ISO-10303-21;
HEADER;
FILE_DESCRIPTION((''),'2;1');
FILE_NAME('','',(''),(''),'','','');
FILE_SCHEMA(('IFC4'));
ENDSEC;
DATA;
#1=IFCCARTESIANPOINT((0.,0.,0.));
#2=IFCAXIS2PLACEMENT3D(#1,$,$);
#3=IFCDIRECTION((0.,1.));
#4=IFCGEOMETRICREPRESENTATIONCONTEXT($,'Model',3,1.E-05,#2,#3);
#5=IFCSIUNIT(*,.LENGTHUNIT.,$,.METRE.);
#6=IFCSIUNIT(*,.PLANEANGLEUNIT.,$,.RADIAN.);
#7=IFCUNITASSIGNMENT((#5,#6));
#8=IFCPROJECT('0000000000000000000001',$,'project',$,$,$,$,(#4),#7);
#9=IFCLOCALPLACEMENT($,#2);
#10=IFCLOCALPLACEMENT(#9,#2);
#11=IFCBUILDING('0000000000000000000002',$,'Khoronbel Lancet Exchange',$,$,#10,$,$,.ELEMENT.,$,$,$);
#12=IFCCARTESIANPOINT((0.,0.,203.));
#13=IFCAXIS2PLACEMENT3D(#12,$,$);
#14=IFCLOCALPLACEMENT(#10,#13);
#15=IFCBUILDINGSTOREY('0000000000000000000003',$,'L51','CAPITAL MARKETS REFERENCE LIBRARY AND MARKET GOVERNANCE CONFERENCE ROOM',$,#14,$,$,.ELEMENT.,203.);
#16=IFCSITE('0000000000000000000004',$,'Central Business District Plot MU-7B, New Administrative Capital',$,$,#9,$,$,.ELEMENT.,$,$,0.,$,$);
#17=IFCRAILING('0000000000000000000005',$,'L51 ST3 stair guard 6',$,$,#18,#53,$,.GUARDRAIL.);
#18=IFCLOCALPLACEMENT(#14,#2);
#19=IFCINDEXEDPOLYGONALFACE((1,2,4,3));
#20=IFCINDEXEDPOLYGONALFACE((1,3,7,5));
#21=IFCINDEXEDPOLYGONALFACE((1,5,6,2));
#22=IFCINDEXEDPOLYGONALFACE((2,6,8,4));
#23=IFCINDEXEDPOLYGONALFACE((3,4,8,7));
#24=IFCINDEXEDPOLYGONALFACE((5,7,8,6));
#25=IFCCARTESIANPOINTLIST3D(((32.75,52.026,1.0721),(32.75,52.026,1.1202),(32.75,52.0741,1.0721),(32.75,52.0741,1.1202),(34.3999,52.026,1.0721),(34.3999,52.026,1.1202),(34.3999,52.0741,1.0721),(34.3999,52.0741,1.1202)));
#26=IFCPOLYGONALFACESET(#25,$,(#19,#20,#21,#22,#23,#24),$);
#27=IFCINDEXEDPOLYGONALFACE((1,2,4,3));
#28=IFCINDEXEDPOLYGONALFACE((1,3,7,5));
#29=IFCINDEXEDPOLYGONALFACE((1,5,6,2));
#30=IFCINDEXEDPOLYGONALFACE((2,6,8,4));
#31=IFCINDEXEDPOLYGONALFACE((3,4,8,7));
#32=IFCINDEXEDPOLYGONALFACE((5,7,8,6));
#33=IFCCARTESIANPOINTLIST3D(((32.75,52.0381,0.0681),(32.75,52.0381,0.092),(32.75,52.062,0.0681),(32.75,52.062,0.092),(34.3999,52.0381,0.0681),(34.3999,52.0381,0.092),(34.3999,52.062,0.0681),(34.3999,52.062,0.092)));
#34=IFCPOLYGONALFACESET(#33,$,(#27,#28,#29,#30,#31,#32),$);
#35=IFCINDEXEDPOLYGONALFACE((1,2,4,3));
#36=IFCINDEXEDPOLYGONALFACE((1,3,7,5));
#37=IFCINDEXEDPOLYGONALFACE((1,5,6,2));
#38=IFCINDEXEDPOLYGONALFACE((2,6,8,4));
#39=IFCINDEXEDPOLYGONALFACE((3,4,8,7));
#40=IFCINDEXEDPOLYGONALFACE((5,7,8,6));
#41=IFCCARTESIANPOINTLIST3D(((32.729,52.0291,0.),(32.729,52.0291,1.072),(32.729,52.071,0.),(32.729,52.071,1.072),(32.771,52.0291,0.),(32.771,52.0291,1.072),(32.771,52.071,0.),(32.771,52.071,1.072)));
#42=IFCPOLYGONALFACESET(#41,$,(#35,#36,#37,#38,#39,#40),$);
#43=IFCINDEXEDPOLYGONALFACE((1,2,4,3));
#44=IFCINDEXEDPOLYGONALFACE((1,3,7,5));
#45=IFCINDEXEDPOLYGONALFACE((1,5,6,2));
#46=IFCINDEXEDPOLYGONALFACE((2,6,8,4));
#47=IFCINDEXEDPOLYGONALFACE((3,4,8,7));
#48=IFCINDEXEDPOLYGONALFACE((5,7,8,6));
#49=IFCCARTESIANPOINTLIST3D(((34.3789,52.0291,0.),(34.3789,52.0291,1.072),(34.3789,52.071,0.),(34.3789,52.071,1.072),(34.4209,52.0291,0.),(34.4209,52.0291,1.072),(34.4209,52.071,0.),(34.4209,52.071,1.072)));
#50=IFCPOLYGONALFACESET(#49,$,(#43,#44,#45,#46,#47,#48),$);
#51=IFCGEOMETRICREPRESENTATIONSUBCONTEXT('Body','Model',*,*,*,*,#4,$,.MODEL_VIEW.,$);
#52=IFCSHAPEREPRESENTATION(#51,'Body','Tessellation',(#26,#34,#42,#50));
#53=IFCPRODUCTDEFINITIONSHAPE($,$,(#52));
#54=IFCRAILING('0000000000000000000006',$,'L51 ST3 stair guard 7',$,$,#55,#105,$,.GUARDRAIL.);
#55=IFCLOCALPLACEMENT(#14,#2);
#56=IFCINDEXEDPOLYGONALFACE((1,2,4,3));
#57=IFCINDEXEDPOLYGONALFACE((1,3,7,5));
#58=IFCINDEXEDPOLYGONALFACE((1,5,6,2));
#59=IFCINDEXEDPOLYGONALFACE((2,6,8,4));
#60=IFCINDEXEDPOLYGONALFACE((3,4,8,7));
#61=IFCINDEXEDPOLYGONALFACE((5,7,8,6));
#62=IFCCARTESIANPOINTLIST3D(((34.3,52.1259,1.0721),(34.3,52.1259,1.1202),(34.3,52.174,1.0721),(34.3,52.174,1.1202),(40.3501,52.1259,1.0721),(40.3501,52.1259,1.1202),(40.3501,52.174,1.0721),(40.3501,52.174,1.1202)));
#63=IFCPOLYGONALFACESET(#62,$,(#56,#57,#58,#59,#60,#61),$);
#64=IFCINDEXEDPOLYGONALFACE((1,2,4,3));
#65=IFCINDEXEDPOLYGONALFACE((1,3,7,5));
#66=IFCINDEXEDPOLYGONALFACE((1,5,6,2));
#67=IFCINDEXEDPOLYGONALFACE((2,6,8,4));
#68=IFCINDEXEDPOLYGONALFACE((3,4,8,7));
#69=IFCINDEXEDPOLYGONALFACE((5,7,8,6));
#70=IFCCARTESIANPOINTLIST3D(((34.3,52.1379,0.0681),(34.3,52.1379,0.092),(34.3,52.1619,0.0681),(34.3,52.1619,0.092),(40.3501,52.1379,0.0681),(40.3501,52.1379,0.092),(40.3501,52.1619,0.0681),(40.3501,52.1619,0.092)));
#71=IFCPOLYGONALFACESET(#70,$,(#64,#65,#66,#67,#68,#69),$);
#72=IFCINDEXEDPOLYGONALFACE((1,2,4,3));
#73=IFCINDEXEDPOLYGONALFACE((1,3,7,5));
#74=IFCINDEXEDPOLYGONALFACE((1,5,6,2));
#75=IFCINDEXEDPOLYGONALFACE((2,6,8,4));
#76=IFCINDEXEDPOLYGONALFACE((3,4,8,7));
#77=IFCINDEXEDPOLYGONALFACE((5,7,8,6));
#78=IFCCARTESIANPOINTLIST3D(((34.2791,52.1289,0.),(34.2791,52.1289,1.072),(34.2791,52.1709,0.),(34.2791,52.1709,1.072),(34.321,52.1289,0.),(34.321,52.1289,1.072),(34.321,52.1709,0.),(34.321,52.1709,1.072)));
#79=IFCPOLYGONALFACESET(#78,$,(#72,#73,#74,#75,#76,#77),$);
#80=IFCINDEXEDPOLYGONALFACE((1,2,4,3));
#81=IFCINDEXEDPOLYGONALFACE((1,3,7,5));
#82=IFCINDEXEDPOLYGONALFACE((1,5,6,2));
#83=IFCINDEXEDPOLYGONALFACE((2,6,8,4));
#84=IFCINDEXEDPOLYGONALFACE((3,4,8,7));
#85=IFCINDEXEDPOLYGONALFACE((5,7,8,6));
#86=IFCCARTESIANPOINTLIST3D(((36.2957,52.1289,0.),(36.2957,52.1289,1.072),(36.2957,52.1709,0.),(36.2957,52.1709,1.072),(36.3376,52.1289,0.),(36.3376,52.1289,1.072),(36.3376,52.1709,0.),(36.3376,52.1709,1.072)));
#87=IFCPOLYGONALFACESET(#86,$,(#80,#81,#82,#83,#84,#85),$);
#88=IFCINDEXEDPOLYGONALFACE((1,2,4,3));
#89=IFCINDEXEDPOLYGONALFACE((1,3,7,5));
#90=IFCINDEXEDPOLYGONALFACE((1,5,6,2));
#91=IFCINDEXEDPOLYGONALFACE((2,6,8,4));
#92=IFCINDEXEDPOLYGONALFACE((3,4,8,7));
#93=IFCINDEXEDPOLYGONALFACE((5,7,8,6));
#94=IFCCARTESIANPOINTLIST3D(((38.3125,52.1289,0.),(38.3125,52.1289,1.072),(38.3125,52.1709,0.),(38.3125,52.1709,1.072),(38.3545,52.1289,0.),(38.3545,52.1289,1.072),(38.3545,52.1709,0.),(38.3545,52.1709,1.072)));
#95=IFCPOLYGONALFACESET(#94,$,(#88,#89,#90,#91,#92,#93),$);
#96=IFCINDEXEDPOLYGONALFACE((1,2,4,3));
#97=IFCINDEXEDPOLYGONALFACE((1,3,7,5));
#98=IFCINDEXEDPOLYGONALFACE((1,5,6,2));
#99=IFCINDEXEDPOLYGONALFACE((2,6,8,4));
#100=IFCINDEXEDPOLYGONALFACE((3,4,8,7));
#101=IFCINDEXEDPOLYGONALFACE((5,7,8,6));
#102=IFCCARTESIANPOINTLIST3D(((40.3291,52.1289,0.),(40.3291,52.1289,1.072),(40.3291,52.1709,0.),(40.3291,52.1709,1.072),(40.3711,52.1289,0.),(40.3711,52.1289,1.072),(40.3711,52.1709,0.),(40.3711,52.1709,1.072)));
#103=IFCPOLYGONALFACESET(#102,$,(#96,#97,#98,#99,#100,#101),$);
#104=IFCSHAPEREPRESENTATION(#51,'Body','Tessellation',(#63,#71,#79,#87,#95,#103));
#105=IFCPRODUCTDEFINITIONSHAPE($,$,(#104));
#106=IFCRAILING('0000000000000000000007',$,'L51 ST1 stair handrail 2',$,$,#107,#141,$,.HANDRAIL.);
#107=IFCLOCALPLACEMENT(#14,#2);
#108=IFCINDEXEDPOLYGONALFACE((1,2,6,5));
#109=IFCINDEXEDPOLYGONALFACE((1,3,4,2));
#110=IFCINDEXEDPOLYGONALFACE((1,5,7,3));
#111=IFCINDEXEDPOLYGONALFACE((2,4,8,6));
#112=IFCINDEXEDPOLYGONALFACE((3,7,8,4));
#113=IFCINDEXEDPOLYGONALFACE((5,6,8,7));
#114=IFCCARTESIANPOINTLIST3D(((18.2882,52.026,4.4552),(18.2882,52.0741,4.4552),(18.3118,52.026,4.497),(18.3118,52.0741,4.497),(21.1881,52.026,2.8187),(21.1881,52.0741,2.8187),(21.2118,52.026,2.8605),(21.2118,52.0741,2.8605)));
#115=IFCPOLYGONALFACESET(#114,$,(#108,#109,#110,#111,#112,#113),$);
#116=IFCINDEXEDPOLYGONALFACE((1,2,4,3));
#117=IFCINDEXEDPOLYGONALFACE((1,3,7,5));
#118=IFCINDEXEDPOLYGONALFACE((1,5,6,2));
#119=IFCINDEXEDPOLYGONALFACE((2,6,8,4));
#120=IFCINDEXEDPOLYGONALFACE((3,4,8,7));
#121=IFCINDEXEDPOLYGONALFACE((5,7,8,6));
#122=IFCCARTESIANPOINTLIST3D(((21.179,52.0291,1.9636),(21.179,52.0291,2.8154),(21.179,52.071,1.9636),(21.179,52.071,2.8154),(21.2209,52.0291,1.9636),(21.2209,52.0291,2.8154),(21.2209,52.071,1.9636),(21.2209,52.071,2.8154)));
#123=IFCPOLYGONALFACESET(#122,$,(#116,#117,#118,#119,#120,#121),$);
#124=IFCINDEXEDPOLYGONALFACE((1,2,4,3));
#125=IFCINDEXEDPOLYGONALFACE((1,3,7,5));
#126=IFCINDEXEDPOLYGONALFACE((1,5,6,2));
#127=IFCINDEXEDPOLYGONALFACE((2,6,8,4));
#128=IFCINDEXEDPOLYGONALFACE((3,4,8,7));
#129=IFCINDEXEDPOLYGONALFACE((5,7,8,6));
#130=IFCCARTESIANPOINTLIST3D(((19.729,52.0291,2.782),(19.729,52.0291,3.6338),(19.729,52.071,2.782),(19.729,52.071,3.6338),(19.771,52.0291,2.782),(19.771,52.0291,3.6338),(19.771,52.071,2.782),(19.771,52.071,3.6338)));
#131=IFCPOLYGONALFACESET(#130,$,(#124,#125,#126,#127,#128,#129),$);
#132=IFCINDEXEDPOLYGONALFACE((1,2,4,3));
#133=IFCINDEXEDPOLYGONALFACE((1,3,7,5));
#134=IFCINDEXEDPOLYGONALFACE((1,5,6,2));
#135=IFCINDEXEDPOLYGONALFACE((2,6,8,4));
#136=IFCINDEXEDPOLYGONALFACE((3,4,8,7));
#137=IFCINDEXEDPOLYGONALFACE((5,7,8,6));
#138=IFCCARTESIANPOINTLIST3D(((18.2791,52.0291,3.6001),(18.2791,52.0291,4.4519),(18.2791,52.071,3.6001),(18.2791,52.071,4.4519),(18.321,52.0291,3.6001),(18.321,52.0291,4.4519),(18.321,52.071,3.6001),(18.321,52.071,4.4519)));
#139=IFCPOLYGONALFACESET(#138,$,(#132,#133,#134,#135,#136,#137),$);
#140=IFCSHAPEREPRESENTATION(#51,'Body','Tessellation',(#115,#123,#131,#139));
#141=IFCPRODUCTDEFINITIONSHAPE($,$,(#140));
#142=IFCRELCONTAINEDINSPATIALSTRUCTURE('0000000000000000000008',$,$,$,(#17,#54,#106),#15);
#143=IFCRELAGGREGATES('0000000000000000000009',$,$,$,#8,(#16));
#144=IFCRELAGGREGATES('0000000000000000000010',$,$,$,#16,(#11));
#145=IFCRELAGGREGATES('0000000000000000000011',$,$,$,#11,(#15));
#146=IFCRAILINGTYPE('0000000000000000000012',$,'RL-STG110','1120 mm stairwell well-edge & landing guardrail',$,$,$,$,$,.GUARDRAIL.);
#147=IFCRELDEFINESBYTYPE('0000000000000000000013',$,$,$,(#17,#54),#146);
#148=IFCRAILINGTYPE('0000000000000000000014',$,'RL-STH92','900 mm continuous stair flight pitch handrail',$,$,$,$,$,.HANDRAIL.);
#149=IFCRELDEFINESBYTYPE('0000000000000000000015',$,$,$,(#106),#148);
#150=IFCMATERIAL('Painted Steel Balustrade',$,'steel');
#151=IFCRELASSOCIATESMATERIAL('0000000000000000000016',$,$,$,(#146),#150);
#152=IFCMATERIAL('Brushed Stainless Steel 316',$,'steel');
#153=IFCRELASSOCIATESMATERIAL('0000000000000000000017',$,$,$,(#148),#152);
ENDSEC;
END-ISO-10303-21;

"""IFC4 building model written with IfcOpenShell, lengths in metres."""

from ifc_helpers import new_model, si_unit, direction, frame, origin, origin_2d, place, context, subcontext, project, spatial, rectangle, extrude, material, type_object, element, save


model = new_model("IFC4")

# Units and contexts
model_context = context("Model", 3, precision=1e-05, world=origin(), true_north=direction((0.0, 1.0)))
body_context = subcontext(model_context, "Body", "Model", "MODEL_VIEW")
ifc_project = project(units=[si_unit("LENGTHUNIT", "METRE"), si_unit("PLANEANGLEUNIT", "RADIAN")], contexts=[model_context])

# Site, building, storey
site_placement = place(None, origin())
site = spatial("IfcSite", under=ifc_project, at=site_placement, Name="Central Business District Plot MU-7B, New Administrative Capital", CompositionType="ELEMENT", RefElevation=0.0)
building_placement = place(site_placement, origin())
building = spatial("IfcBuilding", under=site, at=building_placement, Name="Khoronbel Lancet Exchange", CompositionType="ELEMENT")
storey_placement = place(building_placement, frame((0.0, 0.0, 203.0)))
storey = spatial("IfcBuildingStorey", under=building, at=storey_placement, Name="L51", Description="CAPITAL MARKETS REFERENCE LIBRARY AND MARKET GOVERNANCE CONFERENCE ROOM", CompositionType="ELEMENT", Elevation=203.0)

# Railings
ifc_material_1 = material(Name="Painted Steel Balustrade", Category="steel")
railing_type_1 = type_object("IfcRailingType", Name="RL-STG110", Description="1120 mm stairwell well-edge & landing guardrail", PredefinedType="GUARDRAIL", material=ifc_material_1)
railing_1_placement = place(storey_placement, frame((32.75, 52.05, 0.0)))
element("IfcRailing", 1, at=railing_1_placement, inside=storey, type_object=railing_type_1, Name="L51 ST3 stair guard 6", PredefinedType="GUARDRAIL", context=body_context, shape_type="SweptSolid", body=[
    extrude(rectangle(XDim=0.0481, YDim=0.0481, at=origin_2d()), frame((0.0, 0.0, 1.0962), z_axis=(1.0, 0.0, 0.0), x_axis=(0.0, 1.0, 0.0)), (0.0, 0.0, 1.0), 1.6499),
    extrude(rectangle(XDim=0.0239, YDim=0.0239, at=origin_2d()), frame((0.0, 0.0, 0.0801), z_axis=(1.0, 0.0, 0.0), x_axis=(0.0, 1.0, 0.0)), (0.0, 0.0, 1.0), 1.6499),
    extrude(rectangle(XDim=0.042, YDim=0.042, at=origin_2d()), origin(), (0.0, 0.0, 1.0), 1.072),
    extrude(rectangle(XDim=0.042, YDim=0.042, at=origin_2d()), frame((1.6499, 0.0, 0.0)), (0.0, 0.0, 1.0), 1.072),
])
railing_2_placement = place(storey_placement, frame((34.3, 52.1499, 0.0)))
element("IfcRailing", 2, at=railing_2_placement, inside=storey, type_object=railing_type_1, Name="L51 ST3 stair guard 7", PredefinedType="GUARDRAIL", context=body_context, shape_type="SweptSolid", body=[
    extrude(rectangle(XDim=0.0481, YDim=0.0481, at=origin_2d()), frame((0.0, 0.0, 1.0962), z_axis=(1.0, 0.0, 0.0), x_axis=(0.0, 1.0, 0.0)), (0.0, 0.0, 1.0), 6.05),
    extrude(rectangle(XDim=0.0239, YDim=0.0239, at=origin_2d()), frame((0.0, 0.0, 0.0801), z_axis=(1.0, 0.0, 0.0), x_axis=(0.0, 1.0, 0.0)), (0.0, 0.0, 1.0), 6.05),
    extrude(rectangle(XDim=0.042, YDim=0.042, at=origin_2d()), origin(), (0.0, 0.0, 1.0), 1.072),
    extrude(rectangle(XDim=0.042, YDim=0.042, at=origin_2d()), frame((2.0166, 0.0, 0.0)), (0.0, 0.0, 1.0), 1.072),
    extrude(rectangle(XDim=0.042, YDim=0.042, at=origin_2d()), frame((4.0334, 0.0, 0.0)), (0.0, 0.0, 1.0), 1.072),
    extrude(rectangle(XDim=0.042, YDim=0.042, at=origin_2d()), frame((6.05, 0.0, 0.0)), (0.0, 0.0, 1.0), 1.072),
])
ifc_material_2 = material(Name="Brushed Stainless Steel 316", Category="steel")
railing_type_2 = type_object("IfcRailingType", Name="RL-STH92", Description="900 mm continuous stair flight pitch handrail", PredefinedType="HANDRAIL", material=ifc_material_2)
railing_3_placement = place(storey_placement, frame((21.2, 52.05, 1.9636)))
element("IfcRailing", 3, at=railing_3_placement, inside=storey, type_object=railing_type_2, Name="L51 ST1 stair handrail 2", PredefinedType="HANDRAIL", context=body_context, shape_type="SweptSolid", body=[
    extrude(rectangle(XDim=0.0481, YDim=0.0481, at=origin_2d()), frame((0.0, 0.0, 0.876), z_axis=(-0.870897, 0.0, 0.491465), x_axis=(0.0, -1.0, 0.0)), (0.0, 0.0, 1.0), 3.3298),
    extrude(rectangle(XDim=0.042, YDim=0.042, at=origin_2d()), origin(), (0.0, 0.0, 1.0), 0.8518),
    extrude(rectangle(XDim=0.042, YDim=0.042, at=origin_2d()), frame((-1.45, 0.0, 0.8184)), (0.0, 0.0, 1.0), 0.8518),
    extrude(rectangle(XDim=0.042, YDim=0.042, at=origin_2d()), frame((-2.8999, 0.0, 1.6365)), (0.0, 0.0, 1.0), 0.8518),
])

save(model, "model.ifc")
